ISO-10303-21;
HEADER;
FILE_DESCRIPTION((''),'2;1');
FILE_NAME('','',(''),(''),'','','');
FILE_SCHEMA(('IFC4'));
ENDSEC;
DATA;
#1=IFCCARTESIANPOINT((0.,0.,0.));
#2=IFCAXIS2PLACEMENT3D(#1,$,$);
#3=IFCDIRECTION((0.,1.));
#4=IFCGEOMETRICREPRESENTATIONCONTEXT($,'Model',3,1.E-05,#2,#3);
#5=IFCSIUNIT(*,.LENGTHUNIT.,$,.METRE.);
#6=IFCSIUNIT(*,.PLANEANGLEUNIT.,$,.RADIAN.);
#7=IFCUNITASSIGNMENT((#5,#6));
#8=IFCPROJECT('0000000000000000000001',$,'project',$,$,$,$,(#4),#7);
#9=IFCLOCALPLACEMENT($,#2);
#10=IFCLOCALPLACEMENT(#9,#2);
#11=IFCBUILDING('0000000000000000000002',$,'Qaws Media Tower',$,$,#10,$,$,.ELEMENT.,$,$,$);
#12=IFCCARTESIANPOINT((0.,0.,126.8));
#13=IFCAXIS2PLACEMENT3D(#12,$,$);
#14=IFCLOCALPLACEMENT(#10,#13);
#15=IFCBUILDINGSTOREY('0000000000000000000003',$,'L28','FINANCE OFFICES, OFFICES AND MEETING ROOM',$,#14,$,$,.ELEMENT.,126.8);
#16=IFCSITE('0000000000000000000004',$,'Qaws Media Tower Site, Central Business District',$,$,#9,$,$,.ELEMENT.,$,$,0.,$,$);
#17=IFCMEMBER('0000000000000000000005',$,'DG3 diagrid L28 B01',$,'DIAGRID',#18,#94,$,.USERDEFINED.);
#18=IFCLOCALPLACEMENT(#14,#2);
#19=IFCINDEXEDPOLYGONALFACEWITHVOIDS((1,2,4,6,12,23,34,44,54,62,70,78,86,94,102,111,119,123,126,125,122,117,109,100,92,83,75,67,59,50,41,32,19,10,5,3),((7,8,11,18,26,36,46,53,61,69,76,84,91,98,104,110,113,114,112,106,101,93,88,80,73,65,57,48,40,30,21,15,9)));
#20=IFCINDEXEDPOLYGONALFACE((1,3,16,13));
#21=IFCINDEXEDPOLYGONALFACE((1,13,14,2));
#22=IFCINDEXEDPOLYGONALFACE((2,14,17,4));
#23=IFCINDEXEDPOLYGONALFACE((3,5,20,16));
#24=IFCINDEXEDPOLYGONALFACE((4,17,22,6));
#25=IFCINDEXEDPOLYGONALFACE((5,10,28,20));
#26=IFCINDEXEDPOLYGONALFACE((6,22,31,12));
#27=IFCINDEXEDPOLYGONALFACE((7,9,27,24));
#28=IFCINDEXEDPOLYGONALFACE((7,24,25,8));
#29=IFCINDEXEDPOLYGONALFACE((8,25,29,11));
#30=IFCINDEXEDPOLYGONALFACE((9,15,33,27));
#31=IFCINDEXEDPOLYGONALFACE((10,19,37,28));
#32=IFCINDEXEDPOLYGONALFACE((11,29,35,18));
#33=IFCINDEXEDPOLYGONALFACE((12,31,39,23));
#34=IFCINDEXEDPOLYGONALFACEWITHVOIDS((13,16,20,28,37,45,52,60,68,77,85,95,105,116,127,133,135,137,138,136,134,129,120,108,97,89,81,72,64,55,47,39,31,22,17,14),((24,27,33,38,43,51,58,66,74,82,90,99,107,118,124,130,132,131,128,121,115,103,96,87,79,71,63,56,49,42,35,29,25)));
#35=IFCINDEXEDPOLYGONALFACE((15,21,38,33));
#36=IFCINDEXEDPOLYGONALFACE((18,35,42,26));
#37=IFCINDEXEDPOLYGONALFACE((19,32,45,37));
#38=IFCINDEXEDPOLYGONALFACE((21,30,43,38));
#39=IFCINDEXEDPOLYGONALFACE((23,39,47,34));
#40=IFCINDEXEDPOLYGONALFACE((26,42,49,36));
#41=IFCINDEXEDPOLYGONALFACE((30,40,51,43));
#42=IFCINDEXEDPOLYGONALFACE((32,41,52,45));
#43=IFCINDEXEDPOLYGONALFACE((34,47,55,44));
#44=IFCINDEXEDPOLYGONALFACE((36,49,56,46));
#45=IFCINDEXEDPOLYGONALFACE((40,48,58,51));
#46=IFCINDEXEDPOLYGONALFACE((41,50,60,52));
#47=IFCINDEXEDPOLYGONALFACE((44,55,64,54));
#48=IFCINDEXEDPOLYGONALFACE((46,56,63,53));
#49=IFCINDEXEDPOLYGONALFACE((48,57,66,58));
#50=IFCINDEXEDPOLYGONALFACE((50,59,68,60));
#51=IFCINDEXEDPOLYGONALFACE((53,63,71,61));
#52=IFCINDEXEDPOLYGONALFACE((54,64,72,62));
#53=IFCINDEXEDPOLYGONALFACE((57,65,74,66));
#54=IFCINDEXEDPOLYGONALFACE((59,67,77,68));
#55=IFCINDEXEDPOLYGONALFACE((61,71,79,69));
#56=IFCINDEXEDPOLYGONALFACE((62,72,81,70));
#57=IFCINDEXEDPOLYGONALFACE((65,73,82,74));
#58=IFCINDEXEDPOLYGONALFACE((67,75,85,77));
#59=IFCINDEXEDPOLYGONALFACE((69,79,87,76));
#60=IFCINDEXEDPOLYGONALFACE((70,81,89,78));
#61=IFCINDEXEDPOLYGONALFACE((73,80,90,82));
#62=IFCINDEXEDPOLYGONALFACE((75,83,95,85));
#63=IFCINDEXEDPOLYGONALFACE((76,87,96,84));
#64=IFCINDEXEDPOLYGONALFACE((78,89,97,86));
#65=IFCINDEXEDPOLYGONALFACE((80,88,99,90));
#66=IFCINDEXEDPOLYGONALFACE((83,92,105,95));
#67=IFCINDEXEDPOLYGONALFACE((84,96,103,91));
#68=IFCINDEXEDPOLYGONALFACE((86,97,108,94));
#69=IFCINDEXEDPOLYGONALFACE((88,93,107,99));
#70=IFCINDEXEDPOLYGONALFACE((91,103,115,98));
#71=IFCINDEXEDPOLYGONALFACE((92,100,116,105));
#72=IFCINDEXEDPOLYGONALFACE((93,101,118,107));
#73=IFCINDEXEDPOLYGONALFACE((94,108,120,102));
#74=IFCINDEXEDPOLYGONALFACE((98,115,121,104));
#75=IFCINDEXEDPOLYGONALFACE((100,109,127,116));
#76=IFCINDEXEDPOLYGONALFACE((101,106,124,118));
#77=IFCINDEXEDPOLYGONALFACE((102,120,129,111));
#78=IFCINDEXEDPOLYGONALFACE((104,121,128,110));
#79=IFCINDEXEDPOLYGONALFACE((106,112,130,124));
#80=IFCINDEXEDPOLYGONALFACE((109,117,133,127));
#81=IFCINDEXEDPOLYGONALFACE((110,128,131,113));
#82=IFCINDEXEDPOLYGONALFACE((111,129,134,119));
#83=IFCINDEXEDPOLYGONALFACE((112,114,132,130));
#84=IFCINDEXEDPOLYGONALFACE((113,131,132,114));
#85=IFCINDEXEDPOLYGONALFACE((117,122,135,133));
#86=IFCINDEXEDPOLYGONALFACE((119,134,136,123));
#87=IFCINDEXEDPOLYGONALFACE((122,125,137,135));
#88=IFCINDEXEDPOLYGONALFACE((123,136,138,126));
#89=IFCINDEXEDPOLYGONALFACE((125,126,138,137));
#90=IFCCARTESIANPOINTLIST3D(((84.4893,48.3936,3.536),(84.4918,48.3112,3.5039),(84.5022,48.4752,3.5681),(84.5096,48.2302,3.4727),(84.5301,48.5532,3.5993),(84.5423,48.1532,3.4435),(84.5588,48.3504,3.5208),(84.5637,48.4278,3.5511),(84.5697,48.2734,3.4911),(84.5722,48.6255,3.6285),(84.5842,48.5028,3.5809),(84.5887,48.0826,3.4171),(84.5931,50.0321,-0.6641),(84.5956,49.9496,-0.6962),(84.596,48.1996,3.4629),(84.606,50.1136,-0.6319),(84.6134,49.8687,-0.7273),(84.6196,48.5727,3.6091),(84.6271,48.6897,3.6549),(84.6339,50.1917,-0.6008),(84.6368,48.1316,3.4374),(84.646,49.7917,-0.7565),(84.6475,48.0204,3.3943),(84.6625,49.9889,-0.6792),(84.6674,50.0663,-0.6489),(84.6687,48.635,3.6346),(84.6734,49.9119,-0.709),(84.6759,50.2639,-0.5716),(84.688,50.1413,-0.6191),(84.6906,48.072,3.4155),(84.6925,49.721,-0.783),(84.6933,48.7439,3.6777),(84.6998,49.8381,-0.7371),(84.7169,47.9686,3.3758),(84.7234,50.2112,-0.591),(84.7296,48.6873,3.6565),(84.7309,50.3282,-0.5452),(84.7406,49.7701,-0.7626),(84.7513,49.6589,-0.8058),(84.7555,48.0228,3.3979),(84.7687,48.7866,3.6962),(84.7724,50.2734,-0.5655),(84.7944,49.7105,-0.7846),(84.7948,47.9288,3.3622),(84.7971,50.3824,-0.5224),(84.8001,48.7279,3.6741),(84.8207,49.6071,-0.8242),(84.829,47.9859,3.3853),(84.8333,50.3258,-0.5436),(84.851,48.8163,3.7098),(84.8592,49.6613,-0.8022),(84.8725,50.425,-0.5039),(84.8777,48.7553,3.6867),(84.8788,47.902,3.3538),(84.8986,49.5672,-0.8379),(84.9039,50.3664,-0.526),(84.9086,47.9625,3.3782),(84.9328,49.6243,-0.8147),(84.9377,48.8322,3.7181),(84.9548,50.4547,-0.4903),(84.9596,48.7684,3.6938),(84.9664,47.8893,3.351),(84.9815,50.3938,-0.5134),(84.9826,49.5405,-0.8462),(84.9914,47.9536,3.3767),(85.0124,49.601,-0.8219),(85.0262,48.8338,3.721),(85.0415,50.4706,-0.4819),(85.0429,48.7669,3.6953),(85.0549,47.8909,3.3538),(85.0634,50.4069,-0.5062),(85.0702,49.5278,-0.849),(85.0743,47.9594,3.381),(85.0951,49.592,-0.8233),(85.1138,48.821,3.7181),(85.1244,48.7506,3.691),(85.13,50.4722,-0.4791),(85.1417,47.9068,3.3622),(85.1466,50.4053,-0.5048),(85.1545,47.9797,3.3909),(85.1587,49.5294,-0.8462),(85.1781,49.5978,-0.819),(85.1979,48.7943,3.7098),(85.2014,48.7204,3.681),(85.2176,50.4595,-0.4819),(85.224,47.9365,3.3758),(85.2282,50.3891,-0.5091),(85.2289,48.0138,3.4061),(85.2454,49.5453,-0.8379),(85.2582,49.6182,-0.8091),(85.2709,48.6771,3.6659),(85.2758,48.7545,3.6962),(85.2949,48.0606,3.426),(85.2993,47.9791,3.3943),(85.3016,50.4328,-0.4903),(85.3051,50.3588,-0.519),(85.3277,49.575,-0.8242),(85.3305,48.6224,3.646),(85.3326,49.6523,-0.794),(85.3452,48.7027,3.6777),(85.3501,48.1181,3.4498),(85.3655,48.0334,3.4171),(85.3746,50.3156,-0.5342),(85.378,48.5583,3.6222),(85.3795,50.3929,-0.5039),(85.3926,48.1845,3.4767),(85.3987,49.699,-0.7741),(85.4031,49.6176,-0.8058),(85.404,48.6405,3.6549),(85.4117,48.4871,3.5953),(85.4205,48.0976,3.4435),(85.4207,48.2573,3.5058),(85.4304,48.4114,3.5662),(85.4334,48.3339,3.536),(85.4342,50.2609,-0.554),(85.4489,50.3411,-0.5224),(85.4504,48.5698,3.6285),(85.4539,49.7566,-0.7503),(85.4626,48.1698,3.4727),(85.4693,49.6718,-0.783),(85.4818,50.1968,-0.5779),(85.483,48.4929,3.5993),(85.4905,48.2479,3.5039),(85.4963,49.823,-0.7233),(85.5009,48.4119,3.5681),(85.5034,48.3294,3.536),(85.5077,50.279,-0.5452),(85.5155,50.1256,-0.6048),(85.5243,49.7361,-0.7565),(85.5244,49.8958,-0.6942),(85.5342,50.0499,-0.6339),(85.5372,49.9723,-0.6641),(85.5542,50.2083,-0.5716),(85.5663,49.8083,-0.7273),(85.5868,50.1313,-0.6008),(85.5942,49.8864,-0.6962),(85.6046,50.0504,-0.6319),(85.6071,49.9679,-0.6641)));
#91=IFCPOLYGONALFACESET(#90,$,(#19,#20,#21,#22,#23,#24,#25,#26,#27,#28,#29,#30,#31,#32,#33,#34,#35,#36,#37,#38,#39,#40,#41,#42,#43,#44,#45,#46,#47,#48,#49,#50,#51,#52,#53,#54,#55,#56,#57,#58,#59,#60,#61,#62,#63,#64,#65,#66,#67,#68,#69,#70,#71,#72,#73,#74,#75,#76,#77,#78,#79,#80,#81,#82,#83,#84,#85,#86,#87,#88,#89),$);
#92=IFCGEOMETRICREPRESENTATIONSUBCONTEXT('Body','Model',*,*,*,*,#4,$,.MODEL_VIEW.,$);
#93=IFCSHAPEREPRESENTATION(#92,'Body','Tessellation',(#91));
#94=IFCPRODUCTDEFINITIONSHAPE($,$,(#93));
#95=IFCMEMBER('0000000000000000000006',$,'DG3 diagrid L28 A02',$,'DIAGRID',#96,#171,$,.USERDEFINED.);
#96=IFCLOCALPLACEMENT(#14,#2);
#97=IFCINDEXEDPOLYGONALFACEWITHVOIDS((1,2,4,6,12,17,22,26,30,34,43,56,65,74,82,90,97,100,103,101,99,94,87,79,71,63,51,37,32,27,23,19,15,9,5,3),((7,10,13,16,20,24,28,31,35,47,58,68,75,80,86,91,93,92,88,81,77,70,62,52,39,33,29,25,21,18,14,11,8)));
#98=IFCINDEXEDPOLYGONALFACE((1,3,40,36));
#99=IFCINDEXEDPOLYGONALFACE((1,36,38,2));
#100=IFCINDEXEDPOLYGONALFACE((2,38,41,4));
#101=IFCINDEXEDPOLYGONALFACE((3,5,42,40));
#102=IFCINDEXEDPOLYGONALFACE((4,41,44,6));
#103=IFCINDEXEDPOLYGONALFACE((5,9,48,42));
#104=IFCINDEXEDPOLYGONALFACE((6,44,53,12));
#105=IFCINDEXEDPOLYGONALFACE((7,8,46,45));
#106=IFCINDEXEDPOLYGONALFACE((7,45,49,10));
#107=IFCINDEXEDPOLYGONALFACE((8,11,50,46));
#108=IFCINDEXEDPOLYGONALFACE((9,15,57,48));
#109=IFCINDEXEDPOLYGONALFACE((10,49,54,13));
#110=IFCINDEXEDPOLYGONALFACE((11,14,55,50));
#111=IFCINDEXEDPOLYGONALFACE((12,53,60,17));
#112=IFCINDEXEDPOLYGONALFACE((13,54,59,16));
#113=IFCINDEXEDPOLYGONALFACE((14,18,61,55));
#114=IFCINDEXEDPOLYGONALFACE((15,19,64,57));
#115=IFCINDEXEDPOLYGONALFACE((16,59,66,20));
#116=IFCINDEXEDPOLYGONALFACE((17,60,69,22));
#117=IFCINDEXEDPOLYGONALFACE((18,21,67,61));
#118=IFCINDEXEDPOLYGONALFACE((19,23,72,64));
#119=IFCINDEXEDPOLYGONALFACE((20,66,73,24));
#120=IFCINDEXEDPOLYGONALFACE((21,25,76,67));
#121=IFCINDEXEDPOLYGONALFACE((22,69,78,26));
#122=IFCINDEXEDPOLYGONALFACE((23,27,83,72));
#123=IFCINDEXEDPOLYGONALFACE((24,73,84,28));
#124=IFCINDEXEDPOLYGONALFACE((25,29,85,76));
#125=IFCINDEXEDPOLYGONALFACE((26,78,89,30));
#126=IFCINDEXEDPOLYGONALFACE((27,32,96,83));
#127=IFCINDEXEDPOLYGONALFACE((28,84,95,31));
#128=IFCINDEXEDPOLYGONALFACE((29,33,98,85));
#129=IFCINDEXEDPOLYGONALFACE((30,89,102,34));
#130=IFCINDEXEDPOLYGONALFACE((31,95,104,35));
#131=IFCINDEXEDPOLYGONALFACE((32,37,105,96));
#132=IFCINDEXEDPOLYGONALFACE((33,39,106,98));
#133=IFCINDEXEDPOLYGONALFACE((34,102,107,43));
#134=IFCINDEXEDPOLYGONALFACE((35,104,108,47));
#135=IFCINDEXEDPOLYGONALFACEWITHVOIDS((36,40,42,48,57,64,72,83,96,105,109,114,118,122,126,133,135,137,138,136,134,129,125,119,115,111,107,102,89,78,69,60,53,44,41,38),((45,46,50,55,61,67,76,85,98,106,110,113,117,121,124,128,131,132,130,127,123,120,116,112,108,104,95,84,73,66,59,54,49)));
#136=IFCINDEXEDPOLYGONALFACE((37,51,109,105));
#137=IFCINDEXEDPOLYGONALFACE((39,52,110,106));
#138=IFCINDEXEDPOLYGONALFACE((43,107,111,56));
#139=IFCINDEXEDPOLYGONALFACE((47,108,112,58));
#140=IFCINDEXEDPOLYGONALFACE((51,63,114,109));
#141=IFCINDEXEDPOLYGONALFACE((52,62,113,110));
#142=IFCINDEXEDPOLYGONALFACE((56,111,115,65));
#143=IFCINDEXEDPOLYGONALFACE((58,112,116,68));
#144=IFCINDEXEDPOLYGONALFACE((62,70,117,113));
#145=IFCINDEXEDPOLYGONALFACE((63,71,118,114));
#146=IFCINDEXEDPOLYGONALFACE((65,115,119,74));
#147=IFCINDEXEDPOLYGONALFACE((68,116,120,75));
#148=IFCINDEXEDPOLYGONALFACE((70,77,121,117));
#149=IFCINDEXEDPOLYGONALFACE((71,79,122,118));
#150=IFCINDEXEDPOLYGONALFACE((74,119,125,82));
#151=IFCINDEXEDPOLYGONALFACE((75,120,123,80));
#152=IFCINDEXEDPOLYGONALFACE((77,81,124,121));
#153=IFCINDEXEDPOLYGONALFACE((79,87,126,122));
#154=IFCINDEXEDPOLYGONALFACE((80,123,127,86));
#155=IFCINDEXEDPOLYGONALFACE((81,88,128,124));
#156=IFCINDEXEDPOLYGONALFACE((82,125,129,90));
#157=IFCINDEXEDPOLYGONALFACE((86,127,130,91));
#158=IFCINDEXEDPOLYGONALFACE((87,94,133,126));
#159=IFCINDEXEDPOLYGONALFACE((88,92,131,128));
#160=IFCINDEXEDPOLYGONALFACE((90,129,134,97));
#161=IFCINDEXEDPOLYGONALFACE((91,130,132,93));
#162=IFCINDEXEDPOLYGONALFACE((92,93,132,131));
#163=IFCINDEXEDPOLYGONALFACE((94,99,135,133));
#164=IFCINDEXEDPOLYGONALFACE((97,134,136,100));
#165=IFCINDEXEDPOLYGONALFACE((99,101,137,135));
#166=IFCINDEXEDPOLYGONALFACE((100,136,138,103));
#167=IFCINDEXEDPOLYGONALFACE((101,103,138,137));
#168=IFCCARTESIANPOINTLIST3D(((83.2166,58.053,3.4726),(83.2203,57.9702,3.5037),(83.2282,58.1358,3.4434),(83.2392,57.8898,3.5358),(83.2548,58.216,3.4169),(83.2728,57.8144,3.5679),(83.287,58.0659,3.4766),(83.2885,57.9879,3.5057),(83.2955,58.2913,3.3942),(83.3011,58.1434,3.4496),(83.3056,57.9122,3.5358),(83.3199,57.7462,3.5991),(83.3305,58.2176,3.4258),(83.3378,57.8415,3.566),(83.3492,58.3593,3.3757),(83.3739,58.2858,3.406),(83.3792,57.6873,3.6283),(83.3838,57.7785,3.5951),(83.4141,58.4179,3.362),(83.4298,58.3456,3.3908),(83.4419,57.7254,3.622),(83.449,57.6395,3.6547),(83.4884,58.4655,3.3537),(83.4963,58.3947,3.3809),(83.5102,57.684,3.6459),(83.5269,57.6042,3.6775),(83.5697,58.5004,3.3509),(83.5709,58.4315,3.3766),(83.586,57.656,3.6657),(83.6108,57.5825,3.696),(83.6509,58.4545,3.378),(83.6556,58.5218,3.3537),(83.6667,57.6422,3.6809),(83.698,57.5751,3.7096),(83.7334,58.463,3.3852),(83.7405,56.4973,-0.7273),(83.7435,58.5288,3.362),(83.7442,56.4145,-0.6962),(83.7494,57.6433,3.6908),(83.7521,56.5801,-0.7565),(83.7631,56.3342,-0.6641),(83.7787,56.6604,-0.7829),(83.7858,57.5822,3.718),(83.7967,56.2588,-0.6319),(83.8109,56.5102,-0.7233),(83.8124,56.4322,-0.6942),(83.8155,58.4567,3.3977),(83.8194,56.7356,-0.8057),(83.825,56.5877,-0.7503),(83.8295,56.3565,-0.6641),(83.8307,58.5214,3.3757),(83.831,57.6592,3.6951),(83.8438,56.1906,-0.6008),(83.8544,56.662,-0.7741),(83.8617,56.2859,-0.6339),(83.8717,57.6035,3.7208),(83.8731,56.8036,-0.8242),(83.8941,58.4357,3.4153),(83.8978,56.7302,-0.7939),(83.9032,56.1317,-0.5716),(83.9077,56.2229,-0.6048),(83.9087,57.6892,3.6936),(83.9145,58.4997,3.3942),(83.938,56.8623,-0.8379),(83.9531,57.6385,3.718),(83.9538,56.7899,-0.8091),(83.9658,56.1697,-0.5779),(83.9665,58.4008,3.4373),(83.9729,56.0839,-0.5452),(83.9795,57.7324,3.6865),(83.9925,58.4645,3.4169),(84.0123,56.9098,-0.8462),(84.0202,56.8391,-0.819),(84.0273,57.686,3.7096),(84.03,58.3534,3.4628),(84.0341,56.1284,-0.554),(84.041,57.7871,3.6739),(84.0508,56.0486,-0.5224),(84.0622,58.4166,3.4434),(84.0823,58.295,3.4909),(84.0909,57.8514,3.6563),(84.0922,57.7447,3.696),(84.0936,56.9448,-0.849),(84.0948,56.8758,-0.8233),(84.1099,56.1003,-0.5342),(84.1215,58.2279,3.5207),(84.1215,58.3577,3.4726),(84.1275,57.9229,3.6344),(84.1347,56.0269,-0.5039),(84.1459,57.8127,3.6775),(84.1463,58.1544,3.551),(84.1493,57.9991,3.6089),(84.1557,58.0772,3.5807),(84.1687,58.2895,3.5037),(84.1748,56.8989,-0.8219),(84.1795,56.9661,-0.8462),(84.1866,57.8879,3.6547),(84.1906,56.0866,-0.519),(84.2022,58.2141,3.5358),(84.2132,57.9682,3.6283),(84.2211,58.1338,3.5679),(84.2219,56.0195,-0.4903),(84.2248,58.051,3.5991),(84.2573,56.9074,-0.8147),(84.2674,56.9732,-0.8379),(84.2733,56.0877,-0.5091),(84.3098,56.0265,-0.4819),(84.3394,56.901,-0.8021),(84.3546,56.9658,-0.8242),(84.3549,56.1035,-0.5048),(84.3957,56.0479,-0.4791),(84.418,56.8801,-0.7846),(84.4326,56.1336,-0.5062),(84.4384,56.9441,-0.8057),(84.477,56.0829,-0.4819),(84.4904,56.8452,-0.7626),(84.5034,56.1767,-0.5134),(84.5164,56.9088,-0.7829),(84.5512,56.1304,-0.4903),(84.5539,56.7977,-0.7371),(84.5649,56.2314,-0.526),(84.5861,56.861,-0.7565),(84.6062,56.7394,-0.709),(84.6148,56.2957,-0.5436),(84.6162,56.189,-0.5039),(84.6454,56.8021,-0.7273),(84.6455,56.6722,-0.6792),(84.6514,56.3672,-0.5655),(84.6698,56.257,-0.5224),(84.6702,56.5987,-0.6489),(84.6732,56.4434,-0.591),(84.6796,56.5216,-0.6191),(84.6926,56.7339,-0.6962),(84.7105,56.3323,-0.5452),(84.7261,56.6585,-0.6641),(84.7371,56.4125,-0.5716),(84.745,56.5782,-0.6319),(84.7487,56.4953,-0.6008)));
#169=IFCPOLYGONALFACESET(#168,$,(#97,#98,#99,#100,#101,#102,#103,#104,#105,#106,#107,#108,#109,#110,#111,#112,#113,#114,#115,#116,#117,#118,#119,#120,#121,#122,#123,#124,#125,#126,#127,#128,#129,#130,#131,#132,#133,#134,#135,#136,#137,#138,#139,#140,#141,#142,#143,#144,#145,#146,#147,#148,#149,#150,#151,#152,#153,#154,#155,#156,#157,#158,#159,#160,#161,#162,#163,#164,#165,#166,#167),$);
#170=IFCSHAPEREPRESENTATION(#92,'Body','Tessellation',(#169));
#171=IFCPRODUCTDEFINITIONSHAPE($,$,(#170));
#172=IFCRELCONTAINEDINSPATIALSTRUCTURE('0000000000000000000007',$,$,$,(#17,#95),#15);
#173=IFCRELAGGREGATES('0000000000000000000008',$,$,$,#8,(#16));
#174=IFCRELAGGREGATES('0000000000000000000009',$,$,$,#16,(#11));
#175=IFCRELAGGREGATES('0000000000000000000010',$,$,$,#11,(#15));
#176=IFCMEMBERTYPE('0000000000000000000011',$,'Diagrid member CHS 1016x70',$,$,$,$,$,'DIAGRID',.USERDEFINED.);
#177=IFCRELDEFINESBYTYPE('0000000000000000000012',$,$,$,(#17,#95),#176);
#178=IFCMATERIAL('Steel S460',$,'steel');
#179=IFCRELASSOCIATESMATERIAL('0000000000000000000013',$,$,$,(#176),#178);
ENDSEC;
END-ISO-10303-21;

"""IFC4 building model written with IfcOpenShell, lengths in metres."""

from ifc_helpers import new_model, si_unit, direction, frame, origin, origin_2d, place, context, subcontext, project, spatial, hollow_circle, extrude, material, material_profile, profile_set, type_object, element, save


model = new_model("IFC4")

# Units and contexts
model_context = context("Model", 3, precision=1e-05, world=origin(), true_north=direction((0.0, 1.0)))
body_context = subcontext(model_context, "Body", "Model", "MODEL_VIEW")
ifc_project = project(units=[si_unit("LENGTHUNIT", "METRE"), si_unit("PLANEANGLEUNIT", "RADIAN")], contexts=[model_context])

# Site, building, storey
site_placement = place(None, origin())
site = spatial("IfcSite", under=ifc_project, at=site_placement, Name="Qaws Media Tower Site, Central Business District", CompositionType="ELEMENT", RefElevation=0.0)
building_placement = place(site_placement, origin())
building = spatial("IfcBuilding", under=site, at=building_placement, Name="Qaws Media Tower", CompositionType="ELEMENT")
storey_placement = place(building_placement, frame((0.0, 0.0, 126.8)))
storey = spatial("IfcBuildingStorey", under=building, at=storey_placement, Name="L28", Description="FINANCE OFFICES, OFFICES AND MEETING ROOM", CompositionType="ELEMENT", Elevation=126.8)

# Members
ifc_material_1 = material(Name="Steel S460", Category="steel")
ifc_material_profile_1 = material_profile(ifc_material_1, hollow_circle(Radius=0.5081, WallThickness=0.0701, at=origin_2d()), Name="CHS 1016x70")
ifc_profile_set_1 = profile_set([ifc_material_profile_1], Name="Steel S460")
member_type_1 = type_object("IfcMemberType", Name="Diagrid member CHS 1016x70", ElementType="DIAGRID", PredefinedType="USERDEFINED", material=ifc_profile_set_1)
for number, where, z_axis, x_axis, name in (
    (1, (85.1001, 50.0, -0.6641), (-0.02301, -0.363335, 0.931374), (0.998001, -0.063202, 0.0), "DG3 diagrid L28 B01"),
):
    element("IfcMember", number, at=place(storey_placement, frame(where, z_axis=z_axis, x_axis=x_axis)), inside=storey, type_object=member_type_1, Name=name, ObjectType="DIAGRID", PredefinedType="USERDEFINED", context=body_context, shape_type="SweptSolid", body=[
        extrude(hollow_circle(Radius=0.5081, WallThickness=0.0701, at=origin_2d()), origin(), (0.0, 0.0, 1.0), 4.5095),
    ])
for number, where, z_axis, x_axis, name in (
    (2, (84.2446, 56.4963, -0.6641), (-0.116187, 0.344987, 0.931389), (-0.947697, -0.319171, 0.0), "DG3 diagrid L28 A02"),
):
    element("IfcMember", number, at=place(storey_placement, frame(where, z_axis=z_axis, x_axis=x_axis)), inside=storey, type_object=member_type_1, Name=name, ObjectType="DIAGRID", PredefinedType="USERDEFINED", context=body_context, shape_type="SweptSolid", body=[
        extrude(hollow_circle(Radius=0.5081, WallThickness=0.0701, at=origin_2d()), origin(), (0.0, 0.0, 1.0), 4.5093),
    ])

save(model, "model.ifc")
